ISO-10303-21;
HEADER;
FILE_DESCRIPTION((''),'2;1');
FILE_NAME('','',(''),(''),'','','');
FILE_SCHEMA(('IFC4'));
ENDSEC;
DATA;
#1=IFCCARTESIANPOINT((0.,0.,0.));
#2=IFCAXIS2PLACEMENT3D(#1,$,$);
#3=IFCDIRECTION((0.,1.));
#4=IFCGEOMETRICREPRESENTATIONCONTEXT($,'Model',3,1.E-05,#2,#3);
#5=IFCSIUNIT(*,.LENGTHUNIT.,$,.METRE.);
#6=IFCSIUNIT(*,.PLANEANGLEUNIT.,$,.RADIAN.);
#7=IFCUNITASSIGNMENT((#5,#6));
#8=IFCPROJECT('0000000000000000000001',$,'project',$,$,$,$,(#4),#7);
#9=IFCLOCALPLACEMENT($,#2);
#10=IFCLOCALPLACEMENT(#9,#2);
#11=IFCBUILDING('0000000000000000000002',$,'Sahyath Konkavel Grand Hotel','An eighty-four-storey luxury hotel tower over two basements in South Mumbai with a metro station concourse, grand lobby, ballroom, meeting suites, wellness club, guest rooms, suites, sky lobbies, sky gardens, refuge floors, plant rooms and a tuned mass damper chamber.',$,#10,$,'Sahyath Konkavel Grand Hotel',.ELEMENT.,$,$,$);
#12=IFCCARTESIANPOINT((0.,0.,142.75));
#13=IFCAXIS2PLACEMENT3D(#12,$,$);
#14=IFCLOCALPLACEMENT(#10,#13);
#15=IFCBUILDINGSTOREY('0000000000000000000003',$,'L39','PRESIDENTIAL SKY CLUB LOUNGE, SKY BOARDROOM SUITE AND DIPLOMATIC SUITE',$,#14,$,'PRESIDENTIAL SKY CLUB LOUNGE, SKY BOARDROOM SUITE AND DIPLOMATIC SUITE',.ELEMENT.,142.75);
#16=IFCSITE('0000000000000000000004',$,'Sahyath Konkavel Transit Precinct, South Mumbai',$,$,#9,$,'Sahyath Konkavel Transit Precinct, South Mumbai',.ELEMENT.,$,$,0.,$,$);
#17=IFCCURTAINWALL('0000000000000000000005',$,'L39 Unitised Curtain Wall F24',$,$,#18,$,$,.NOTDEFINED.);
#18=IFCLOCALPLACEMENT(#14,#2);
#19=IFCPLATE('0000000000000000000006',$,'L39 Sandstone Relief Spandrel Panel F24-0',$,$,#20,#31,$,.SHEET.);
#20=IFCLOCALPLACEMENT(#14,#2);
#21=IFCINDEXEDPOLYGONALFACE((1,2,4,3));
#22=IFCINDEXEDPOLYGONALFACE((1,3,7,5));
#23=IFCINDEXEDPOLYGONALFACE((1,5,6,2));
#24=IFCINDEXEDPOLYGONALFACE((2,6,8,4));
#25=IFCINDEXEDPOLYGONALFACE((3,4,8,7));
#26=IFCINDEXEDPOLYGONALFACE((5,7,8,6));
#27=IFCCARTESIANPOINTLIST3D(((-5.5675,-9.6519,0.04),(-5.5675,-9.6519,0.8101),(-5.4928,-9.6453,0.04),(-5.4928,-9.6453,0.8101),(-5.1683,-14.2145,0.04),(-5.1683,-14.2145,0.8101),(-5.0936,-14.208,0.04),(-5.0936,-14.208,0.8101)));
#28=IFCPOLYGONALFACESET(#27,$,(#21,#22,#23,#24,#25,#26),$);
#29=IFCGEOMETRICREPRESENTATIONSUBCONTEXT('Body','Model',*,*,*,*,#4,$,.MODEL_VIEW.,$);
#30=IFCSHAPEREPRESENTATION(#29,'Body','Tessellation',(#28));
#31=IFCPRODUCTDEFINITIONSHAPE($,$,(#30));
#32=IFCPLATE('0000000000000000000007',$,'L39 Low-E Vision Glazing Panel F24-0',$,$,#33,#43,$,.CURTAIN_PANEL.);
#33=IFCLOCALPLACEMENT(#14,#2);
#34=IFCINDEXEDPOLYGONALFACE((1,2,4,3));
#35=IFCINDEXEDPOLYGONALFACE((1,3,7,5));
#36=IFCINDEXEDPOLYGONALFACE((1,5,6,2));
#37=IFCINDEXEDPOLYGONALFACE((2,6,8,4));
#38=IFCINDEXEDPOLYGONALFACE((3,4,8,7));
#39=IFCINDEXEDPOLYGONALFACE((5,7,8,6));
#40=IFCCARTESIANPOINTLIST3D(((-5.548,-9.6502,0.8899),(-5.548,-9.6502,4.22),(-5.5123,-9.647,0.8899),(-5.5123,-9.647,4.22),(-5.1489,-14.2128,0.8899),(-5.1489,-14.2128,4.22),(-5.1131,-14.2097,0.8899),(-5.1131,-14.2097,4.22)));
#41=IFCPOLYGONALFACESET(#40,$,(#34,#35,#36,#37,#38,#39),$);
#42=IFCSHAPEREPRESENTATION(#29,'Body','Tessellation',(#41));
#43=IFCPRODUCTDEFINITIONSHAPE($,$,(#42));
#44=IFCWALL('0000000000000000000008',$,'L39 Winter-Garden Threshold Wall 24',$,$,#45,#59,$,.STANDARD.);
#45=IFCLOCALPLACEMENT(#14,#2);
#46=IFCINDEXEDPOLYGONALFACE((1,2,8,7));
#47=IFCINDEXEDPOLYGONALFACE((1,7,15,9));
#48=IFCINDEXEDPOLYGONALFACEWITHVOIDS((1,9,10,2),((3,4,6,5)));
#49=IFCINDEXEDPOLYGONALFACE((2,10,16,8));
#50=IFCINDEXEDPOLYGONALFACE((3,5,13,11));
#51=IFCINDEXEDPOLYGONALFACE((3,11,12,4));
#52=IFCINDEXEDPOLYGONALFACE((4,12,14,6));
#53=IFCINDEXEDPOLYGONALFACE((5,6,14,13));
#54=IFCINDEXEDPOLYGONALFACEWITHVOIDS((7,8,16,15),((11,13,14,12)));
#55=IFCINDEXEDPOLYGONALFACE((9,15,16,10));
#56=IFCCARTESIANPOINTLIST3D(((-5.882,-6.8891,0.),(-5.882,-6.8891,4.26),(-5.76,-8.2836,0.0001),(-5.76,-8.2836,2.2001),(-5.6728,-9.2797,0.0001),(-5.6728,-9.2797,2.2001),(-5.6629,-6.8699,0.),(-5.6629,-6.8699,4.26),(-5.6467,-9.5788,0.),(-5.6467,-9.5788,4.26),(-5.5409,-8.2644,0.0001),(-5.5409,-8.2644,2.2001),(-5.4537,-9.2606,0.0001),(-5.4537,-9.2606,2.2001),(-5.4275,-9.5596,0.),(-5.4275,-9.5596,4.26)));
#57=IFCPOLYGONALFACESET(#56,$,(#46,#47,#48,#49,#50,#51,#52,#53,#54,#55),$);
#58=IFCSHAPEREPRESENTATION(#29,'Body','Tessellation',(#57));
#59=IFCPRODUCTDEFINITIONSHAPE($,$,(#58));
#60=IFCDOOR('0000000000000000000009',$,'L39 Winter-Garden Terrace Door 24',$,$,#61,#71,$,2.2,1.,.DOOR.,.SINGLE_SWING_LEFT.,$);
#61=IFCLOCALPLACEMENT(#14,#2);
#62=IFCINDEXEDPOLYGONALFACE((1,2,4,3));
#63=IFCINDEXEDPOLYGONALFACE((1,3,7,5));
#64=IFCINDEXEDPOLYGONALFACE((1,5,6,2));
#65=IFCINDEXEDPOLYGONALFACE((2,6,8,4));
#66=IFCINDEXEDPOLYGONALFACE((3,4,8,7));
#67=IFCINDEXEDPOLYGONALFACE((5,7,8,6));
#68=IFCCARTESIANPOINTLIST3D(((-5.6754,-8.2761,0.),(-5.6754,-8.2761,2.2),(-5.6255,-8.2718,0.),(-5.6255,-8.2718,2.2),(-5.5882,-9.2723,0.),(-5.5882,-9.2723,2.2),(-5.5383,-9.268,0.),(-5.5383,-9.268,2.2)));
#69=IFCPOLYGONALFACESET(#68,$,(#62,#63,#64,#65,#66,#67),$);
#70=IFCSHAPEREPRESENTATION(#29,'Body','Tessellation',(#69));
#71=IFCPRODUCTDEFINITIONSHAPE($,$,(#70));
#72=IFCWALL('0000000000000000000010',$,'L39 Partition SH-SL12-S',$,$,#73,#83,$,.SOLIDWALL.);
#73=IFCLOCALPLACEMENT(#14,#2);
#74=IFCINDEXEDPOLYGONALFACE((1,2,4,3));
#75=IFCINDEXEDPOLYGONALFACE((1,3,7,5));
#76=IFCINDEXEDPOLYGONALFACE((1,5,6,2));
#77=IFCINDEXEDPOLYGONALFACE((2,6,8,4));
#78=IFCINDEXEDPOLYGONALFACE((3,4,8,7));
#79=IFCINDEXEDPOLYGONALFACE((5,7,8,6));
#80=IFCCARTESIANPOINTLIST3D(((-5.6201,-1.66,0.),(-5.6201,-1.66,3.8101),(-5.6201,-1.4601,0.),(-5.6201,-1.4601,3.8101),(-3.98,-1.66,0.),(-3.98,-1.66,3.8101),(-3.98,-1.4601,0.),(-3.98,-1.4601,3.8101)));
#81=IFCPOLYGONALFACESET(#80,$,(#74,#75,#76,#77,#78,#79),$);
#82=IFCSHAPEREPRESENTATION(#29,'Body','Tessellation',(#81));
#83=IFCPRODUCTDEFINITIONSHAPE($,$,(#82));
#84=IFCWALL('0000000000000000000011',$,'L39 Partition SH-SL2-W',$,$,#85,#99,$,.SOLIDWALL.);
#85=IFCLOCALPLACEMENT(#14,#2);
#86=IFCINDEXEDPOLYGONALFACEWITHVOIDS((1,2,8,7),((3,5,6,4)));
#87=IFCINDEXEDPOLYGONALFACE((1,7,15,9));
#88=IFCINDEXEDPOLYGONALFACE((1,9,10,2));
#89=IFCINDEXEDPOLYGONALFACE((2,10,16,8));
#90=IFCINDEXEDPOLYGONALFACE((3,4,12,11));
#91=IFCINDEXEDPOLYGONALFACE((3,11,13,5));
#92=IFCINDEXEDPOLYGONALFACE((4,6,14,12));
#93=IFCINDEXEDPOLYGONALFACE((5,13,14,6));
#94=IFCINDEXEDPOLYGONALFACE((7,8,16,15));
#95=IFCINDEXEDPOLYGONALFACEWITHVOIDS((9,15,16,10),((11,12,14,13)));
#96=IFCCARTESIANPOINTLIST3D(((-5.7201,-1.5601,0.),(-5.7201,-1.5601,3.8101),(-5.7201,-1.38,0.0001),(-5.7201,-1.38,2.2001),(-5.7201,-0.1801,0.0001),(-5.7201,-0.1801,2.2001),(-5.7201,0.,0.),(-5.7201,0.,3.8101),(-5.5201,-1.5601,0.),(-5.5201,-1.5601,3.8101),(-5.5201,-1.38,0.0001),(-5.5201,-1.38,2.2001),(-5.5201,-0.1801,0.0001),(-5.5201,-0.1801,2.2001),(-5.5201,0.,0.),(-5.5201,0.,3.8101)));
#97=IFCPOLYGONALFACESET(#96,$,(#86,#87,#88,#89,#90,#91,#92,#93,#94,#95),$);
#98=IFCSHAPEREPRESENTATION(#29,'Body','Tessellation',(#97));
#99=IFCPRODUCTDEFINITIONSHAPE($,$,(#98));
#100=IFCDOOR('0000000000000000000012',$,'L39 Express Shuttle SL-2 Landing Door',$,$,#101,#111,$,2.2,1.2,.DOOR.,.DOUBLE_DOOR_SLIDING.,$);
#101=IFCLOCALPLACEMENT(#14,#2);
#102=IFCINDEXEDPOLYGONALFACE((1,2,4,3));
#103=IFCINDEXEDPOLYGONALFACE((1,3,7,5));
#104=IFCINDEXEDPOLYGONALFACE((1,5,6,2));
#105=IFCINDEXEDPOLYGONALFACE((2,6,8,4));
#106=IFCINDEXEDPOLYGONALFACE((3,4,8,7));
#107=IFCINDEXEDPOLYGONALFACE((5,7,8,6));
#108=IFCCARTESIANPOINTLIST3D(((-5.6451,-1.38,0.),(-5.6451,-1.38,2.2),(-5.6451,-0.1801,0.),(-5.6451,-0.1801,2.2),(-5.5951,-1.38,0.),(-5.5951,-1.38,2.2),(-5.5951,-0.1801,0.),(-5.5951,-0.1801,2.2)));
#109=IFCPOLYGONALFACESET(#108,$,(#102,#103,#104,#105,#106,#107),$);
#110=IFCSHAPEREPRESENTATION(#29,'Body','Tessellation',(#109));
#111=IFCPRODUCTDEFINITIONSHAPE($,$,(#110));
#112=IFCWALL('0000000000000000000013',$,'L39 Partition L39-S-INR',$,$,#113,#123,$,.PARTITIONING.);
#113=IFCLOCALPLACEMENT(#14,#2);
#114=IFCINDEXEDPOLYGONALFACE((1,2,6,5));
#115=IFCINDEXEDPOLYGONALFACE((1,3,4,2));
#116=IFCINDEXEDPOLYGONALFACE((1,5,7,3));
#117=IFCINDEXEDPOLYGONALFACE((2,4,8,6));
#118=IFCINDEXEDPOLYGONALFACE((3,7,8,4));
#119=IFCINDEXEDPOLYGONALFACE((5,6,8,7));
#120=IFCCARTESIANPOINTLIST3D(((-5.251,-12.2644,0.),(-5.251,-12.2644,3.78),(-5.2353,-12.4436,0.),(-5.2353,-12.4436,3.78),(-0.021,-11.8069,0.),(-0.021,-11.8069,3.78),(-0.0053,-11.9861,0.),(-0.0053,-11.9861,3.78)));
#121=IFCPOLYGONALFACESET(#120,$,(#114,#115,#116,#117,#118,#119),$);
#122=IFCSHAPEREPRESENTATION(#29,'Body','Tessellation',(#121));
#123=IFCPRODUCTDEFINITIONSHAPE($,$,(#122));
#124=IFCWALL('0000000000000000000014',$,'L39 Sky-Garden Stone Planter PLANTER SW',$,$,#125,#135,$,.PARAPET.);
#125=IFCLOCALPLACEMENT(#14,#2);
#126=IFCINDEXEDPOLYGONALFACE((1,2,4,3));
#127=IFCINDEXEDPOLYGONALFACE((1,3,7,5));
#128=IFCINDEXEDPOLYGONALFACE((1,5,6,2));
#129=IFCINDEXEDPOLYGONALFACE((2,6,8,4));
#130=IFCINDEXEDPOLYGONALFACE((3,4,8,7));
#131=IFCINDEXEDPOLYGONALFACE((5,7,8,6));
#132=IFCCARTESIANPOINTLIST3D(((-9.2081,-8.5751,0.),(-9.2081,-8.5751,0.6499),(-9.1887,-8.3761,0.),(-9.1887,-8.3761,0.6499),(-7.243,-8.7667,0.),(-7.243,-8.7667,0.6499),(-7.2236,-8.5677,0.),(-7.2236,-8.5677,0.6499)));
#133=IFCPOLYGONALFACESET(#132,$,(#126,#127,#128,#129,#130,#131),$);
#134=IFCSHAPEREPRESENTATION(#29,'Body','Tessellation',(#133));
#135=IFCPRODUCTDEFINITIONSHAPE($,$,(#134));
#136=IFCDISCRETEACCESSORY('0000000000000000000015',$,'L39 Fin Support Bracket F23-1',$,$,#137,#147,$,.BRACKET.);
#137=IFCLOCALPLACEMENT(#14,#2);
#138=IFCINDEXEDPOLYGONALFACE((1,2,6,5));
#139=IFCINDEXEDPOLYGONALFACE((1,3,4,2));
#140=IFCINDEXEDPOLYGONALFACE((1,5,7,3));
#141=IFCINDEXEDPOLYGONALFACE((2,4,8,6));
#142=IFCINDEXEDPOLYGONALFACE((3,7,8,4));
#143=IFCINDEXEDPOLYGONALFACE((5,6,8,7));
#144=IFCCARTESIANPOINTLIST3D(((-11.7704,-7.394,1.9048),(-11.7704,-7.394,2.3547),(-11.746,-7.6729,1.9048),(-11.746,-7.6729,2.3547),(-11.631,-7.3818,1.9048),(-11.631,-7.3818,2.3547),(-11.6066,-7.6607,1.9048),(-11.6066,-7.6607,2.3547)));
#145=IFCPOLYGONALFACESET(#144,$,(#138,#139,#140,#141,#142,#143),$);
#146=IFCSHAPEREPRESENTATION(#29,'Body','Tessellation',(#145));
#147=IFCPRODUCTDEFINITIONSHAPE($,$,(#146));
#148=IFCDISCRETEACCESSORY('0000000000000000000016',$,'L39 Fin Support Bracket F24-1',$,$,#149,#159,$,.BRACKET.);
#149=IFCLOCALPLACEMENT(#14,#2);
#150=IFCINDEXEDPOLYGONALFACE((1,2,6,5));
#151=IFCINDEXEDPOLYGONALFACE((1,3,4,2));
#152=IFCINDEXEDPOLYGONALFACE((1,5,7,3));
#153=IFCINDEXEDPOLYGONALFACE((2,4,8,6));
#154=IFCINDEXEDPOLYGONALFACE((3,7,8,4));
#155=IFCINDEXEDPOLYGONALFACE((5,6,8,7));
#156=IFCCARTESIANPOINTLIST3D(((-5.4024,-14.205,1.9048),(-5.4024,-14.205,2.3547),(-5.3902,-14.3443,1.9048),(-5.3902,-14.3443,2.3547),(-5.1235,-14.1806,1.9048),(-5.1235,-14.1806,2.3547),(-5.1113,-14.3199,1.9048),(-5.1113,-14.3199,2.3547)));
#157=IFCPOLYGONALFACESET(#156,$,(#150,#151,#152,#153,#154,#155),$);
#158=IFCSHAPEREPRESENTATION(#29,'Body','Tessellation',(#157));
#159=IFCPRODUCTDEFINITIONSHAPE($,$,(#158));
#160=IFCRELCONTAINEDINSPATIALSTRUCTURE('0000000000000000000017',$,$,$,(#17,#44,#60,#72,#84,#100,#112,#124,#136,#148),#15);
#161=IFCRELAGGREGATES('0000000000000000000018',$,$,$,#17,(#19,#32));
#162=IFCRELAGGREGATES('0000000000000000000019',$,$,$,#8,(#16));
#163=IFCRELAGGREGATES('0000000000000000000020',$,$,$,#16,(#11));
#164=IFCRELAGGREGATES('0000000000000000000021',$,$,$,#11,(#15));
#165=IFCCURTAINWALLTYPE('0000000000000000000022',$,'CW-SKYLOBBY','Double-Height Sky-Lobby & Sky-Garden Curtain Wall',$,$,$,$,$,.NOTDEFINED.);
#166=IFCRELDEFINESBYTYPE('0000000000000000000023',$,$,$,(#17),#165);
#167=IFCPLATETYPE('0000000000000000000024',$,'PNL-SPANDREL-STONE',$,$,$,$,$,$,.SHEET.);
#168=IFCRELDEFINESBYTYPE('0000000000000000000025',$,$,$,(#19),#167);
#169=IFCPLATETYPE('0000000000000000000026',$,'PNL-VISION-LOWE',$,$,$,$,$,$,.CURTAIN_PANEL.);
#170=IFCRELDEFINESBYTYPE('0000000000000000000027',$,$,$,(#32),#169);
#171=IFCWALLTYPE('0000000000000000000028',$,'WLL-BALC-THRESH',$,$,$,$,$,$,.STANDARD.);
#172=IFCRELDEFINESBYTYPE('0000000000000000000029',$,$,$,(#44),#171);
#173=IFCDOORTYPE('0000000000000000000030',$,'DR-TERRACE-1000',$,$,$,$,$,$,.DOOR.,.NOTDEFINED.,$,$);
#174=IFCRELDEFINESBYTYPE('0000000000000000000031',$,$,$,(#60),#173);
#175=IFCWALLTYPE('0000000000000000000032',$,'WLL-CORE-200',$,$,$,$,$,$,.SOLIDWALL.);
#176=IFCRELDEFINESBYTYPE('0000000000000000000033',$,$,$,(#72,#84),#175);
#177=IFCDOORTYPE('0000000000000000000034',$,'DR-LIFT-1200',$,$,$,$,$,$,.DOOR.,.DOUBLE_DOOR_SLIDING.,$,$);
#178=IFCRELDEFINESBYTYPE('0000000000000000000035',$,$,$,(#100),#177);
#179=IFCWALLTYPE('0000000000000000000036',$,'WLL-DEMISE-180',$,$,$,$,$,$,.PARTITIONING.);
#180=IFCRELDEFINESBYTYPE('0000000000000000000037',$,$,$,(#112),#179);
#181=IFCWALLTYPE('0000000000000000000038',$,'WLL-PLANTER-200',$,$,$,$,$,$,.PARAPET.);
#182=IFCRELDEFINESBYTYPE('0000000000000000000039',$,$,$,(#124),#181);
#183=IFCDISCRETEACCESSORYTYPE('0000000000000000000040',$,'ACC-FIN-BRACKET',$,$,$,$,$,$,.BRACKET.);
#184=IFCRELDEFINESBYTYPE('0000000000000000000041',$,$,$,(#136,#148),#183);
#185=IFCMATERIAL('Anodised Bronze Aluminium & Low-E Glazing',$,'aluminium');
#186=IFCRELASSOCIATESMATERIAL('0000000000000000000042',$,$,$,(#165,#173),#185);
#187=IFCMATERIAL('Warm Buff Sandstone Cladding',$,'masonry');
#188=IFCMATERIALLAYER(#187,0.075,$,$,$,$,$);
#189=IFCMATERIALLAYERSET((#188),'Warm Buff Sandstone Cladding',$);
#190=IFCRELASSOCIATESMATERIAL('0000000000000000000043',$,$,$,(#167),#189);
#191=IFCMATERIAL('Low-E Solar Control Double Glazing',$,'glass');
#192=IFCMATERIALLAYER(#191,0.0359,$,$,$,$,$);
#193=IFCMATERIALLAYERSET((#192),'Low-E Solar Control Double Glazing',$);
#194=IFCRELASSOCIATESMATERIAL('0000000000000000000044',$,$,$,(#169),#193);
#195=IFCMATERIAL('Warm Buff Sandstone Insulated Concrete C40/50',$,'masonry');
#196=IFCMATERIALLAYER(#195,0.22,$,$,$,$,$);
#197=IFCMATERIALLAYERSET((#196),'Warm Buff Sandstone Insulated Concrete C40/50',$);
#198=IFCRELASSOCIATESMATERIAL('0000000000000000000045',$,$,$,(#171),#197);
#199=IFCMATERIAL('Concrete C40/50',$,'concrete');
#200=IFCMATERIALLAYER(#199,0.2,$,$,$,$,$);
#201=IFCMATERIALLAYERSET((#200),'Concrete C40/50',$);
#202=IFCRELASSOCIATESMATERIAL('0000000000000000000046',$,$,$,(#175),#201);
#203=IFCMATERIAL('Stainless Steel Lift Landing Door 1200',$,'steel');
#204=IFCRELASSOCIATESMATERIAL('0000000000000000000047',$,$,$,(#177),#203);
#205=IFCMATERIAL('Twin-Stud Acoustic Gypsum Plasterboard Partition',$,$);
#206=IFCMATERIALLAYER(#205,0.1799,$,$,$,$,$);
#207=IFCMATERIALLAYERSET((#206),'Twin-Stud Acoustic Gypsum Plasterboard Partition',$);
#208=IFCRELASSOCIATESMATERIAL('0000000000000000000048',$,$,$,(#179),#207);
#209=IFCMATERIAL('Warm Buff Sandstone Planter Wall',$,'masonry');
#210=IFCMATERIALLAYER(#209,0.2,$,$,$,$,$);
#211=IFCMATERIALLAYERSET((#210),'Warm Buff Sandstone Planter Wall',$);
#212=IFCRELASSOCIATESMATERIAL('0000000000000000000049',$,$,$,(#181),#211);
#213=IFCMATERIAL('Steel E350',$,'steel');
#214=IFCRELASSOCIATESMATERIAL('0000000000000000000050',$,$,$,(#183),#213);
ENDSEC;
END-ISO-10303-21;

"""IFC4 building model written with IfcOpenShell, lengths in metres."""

from ifc_helpers import new_model, si_unit, direction, frame, frame_2d, origin, origin_2d, place, context, subcontext, project, spatial, rectangle, extrude, source, transform, mapped, material, layer, layer_set, type_object, element, fill, aggregate, save


model = new_model("IFC4")

# Units and contexts
model_context = context("Model", 3, precision=1e-05, world=origin(), true_north=direction((0.0, 1.0)))
body_context = subcontext(model_context, "Body", "Model", "MODEL_VIEW")
ifc_project = project(units=[si_unit("LENGTHUNIT", "METRE"), si_unit("PLANEANGLEUNIT", "RADIAN")], contexts=[model_context])

# Site, building, storey
site_placement = place(None, origin())
site = spatial("IfcSite", under=ifc_project, at=site_placement, Name="Sahyath Konkavel Transit Precinct, South Mumbai", LongName="Sahyath Konkavel Transit Precinct, South Mumbai", CompositionType="ELEMENT", RefElevation=0.0)
building_placement = place(site_placement, origin())
building = spatial("IfcBuilding", under=site, at=building_placement, Name="Sahyath Konkavel Grand Hotel", Description="An eighty-four-storey luxury hotel tower over two basements in South Mumbai with a metro station concourse, grand lobby, ballroom, meeting suites, wellness club, guest rooms, suites, sky lobbies, sky gardens, refuge floors, plant rooms and a tuned mass damper chamber.", LongName="Sahyath Konkavel Grand Hotel", CompositionType="ELEMENT")
storey_placement = place(building_placement, frame((0.0, 0.0, 142.75)))
storey = spatial("IfcBuildingStorey", under=building, at=storey_placement, Name="L39", Description="PRESIDENTIAL SKY CLUB LOUNGE, SKY BOARDROOM SUITE AND DIPLOMATIC SUITE", LongName="PRESIDENTIAL SKY CLUB LOUNGE, SKY BOARDROOM SUITE AND DIPLOMATIC SUITE", CompositionType="ELEMENT", Elevation=142.75)

# Shared definitions
ifc_material_1 = material(Name="Steel E350", Category="steel")

# Shared definitions
ifc_material_2 = material(Name="Anodised Bronze Aluminium & Low-E Glazing", Category="aluminium")
curtain_wall_type = type_object("IfcCurtainWallType", Name="CW-SKYLOBBY", Description="Double-Height Sky-Lobby & Sky-Garden Curtain Wall", PredefinedType="NOTDEFINED", material=ifc_material_2)

# Curtain wall
curtain_wall_1_placement = place(storey_placement, origin())
curtain_wall_1 = element("IfcCurtainWall", 1, at=curtain_wall_1_placement, inside=storey, type_object=curtain_wall_type, Name="L39 Unitised Curtain Wall F24", PredefinedType="NOTDEFINED")

# Plates
ifc_material_3 = material(Name="Warm Buff Sandstone Cladding", Category="masonry")
ifc_layer_1 = layer(ifc_material_3, 0.075)
ifc_layer_set_1 = layer_set([ifc_layer_1], Name="Warm Buff Sandstone Cladding")
plate_type_1 = type_object("IfcPlateType", Name="PNL-SPANDREL-STONE", PredefinedType="SHEET", material=ifc_layer_set_1)
ifc_material_4 = material(Name="Low-E Solar Control Double Glazing", Category="glass")
ifc_layer_2 = layer(ifc_material_4, 0.0359)
ifc_layer_set_2 = layer_set([ifc_layer_2], Name="Low-E Solar Control Double Glazing")
plate_type_2 = type_object("IfcPlateType", Name="PNL-VISION-LOWE", PredefinedType="CURTAIN_PANEL", material=ifc_layer_set_2)
shared_shape_1 = source(origin(), body_context, "Body", "SweptSolid", [
    extrude(rectangle(XDim=4.5801, YDim=0.075, at=origin_2d()), origin(), (0.0, 0.0, 1.0), 0.77),
])
plate_1_placement = place(storey_placement, frame((-5.3306, -11.9299, 0.04), z_axis=(0.0, 0.0, 1.0), x_axis=(0.087156, -0.996195, 0.0)))
plate_1 = element("IfcPlate", 2, at=plate_1_placement, type_object=plate_type_1, Name="L39 Sandstone Relief Spandrel Panel F24-0", PredefinedType="SHEET", context=body_context, shape_type="MappedRepresentation", body=[
    mapped(shared_shape_1, transform((0.0, 0.0, 0.0), scale=1.0)),
])
shared_shape_2 = source(origin(), body_context, "Body", "SweptSolid", [
    extrude(rectangle(XDim=4.5801, YDim=0.0359, at=origin_2d()), origin(), (0.0, 0.0, 1.0), 3.3301),
])
plate_2_placement = place(storey_placement, frame((-5.3306, -11.9299, 0.8899), z_axis=(0.0, 0.0, 1.0), x_axis=(0.087156, -0.996195, 0.0)))
plate_2 = element("IfcPlate", 3, at=plate_2_placement, type_object=plate_type_2, Name="L39 Low-E Vision Glazing Panel F24-0", PredefinedType="CURTAIN_PANEL", context=body_context, shape_type="MappedRepresentation", body=[
    mapped(shared_shape_2, transform((0.0, 0.0, 0.0), scale=1.0)),
])
aggregate(curtain_wall_1, [plate_1, plate_2])

# Wall, opening, door
ifc_material_5 = material(Name="Warm Buff Sandstone Insulated Concrete C40/50", Category="masonry")
ifc_layer_3 = layer(ifc_material_5, 0.22)
ifc_layer_set_3 = layer_set([ifc_layer_3], Name="Warm Buff Sandstone Insulated Concrete C40/50")
wall_type_1 = type_object("IfcWallType", Name="WLL-BALC-THRESH", PredefinedType="STANDARD", material=ifc_layer_set_3)
wall_1_placement = place(storey_placement, frame((-5.7725, -6.8794, 0.0), z_axis=(0.0, 0.0, 1.0), x_axis=(0.087168, -0.996194, 0.0)))
wall_1 = element("IfcWall", 4, at=wall_1_placement, inside=storey, type_object=wall_type_1, Name="L39 Winter-Garden Threshold Wall 24", PredefinedType="STANDARD", context=body_context, shape_type="SweptSolid", body=[
    extrude(rectangle(XDim=2.7, YDim=0.22, at=frame_2d((1.3501, 0.0))), origin(), (0.0, 0.0, 1.0), 4.26),
])
opening_1_placement = place(wall_1_placement, frame((1.3999, 0.0, 0.0)))
opening_1 = element("IfcOpeningElement", 5, at=opening_1_placement, cuts=wall_1, PredefinedType="OPENING", context=body_context, shape_type="SweptSolid", body=[
    extrude(rectangle(XDim=1.0, YDim=2.2, at=frame_2d((0.5, 1.1001))), frame((0.0, 0.1201, 0.0), z_axis=(0.0, -1.0, 0.0), x_axis=(1.0, 0.0, 0.0)), (0.0, 0.0, 1.0), 0.24),
])
door_type_1 = type_object("IfcDoorType", Name="DR-TERRACE-1000", OperationType="NOTDEFINED", PredefinedType="DOOR", material=ifc_material_2)
shared_shape_3 = source(origin(), body_context, "Body", "SweptSolid", [
    extrude(rectangle(XDim=1.0, YDim=0.05, at=origin_2d()), origin(), (0.0, 0.0, 1.0), 2.2),
])
door_1_placement = place(opening_1_placement, frame((0.5, 0.0, 0.0)))
door_1 = element("IfcDoor", 6, at=door_1_placement, inside=storey, type_object=door_type_1, Name="L39 Winter-Garden Terrace Door 24", OperationType="SINGLE_SWING_LEFT", OverallHeight=2.2, OverallWidth=1.0, PredefinedType="DOOR", context=body_context, shape_type="MappedRepresentation", body=[
    mapped(shared_shape_3, transform((0.0, 0.0, 0.0), scale=1.0)),
])
fill(opening_1, door_1)

# Wall
ifc_material_6 = material(Name="Concrete C40/50", Category="concrete")
ifc_layer_4 = layer(ifc_material_6, 0.2)
ifc_layer_set_4 = layer_set([ifc_layer_4], Name="Concrete C40/50")
wall_type_2 = type_object("IfcWallType", Name="WLL-CORE-200", PredefinedType="SOLIDWALL", material=ifc_layer_set_4)
wall_2_placement = place(storey_placement, frame((-5.6201, -1.5601, 0.0), z_axis=(0.0, 0.0, 1.0), x_axis=(1.0, 0.0, 0.0)))
element("IfcWall", 7, at=wall_2_placement, inside=storey, type_object=wall_type_2, Name="L39 Partition SH-SL12-S", PredefinedType="SOLIDWALL", context=body_context, shape_type="SweptSolid", body=[
    extrude(rectangle(XDim=1.6401, YDim=0.2, at=frame_2d((0.8201, 0.0))), origin(), (0.0, 0.0, 1.0), 3.8101),
])

# Wall, opening, door
wall_3_placement = place(storey_placement, frame((-5.6201, -1.5601, 0.0), z_axis=(0.0, 0.0, 1.0), x_axis=(0.0, 1.0, 0.0)))
wall_3 = element("IfcWall", 8, at=wall_3_placement, inside=storey, type_object=wall_type_2, Name="L39 Partition SH-SL2-W", PredefinedType="SOLIDWALL", context=body_context, shape_type="SweptSolid", body=[
    extrude(rectangle(XDim=1.5601, YDim=0.2, at=frame_2d((0.78, 0.0))), origin(), (0.0, 0.0, 1.0), 3.8101),
])
opening_2_placement = place(wall_3_placement, frame((0.1799, 0.0, 0.0)))
opening_2 = element("IfcOpeningElement", 9, at=opening_2_placement, cuts=wall_3, PredefinedType="OPENING", context=body_context, shape_type="SweptSolid", body=[
    extrude(rectangle(XDim=1.2, YDim=2.2, at=frame_2d((0.6001, 1.1001))), frame((0.0, 0.1099, 0.0), z_axis=(0.0, -1.0, 0.0), x_axis=(1.0, 0.0, 0.0)), (0.0, 0.0, 1.0), 0.22),
])
ifc_material_7 = material(Name="Stainless Steel Lift Landing Door 1200", Category="steel")
door_type_2 = type_object("IfcDoorType", Name="DR-LIFT-1200", OperationType="DOUBLE_DOOR_SLIDING", PredefinedType="DOOR", material=ifc_material_7)
shared_shape_4 = source(origin(), body_context, "Body", "SweptSolid", [
    extrude(rectangle(XDim=1.2, YDim=0.05, at=origin_2d()), origin(), (0.0, 0.0, 1.0), 2.2),
])
door_2_placement = place(opening_2_placement, frame((0.6001, 0.0, 0.0)))
door_2 = element("IfcDoor", 10, at=door_2_placement, inside=storey, type_object=door_type_2, Name="L39 Express Shuttle SL-2 Landing Door", OperationType="DOUBLE_DOOR_SLIDING", OverallHeight=2.2, OverallWidth=1.2, PredefinedType="DOOR", context=body_context, shape_type="MappedRepresentation", body=[
    mapped(shared_shape_4, transform((0.0, 0.0, 0.0), scale=1.0)),
])
fill(opening_2, door_2)

# Walls
ifc_material_8 = material(Name="Twin-Stud Acoustic Gypsum Plasterboard Partition")
ifc_layer_5 = layer(ifc_material_8, 0.1799)
ifc_layer_set_5 = layer_set([ifc_layer_5], Name="Twin-Stud Acoustic Gypsum Plasterboard Partition")
wall_type_3 = type_object("IfcWallType", Name="WLL-DEMISE-180", PredefinedType="PARTITIONING", material=ifc_layer_set_5)
wall_4_placement = place(storey_placement, frame((-5.2432, -12.354, 0.0), z_axis=(0.0, 0.0, 1.0), x_axis=(0.996195, 0.087147, 0.0)))
element("IfcWall", 11, at=wall_4_placement, inside=storey, type_object=wall_type_3, Name="L39 Partition L39-S-INR", PredefinedType="PARTITIONING", context=body_context, shape_type="SweptSolid", body=[
    extrude(rectangle(XDim=5.25, YDim=0.1799, at=frame_2d((2.625, 0.0))), origin(), (0.0, 0.0, 1.0), 3.78),
])
ifc_material_9 = material(Name="Warm Buff Sandstone Planter Wall", Category="masonry")
ifc_layer_6 = layer(ifc_material_9, 0.2)
ifc_layer_set_6 = layer_set([ifc_layer_6], Name="Warm Buff Sandstone Planter Wall")
wall_type_4 = type_object("IfcWallType", Name="WLL-PLANTER-200", PredefinedType="PARAPET", material=ifc_layer_set_6)
wall_5_placement = place(storey_placement, frame((-9.1985, -8.4756, 0.0), z_axis=(0.0, 0.0, 1.0), x_axis=(0.995278, -0.097067, 0.0)))
element("IfcWall", 12, at=wall_5_placement, inside=storey, type_object=wall_type_4, Name="L39 Sky-Garden Stone Planter PLANTER SW", PredefinedType="PARAPET", context=body_context, shape_type="SweptSolid", body=[
    extrude(rectangle(XDim=1.9744, YDim=0.2, at=frame_2d((0.9873, 0.0))), origin(), (0.0, 0.0, 1.0), 0.6499),
])

# Discrete accessories
discrete_accessory_type = type_object("IfcDiscreteAccessoryType", Name="ACC-FIN-BRACKET", PredefinedType="BRACKET", material=ifc_material_1)
shared_shape_5 = source(origin(), body_context, "Body", "SweptSolid", [
    extrude(rectangle(XDim=0.28, YDim=0.1399, at=origin_2d()), origin(), (0.0, 0.0, 1.0), 0.45),
])
for number, where, z_axis, x_axis, name in (
    (13, (-11.6885, -7.5273, 1.9048), (0.0, 0.0, 1.0), (0.087156, -0.996195, 0.0), "L39 Fin Support Bracket F23-1"),
    (14, (-5.2568, -14.2625, 1.9048), (0.0, 0.0, 1.0), (-0.996195, -0.087156, 0.0), "L39 Fin Support Bracket F24-1"),
):
    element("IfcDiscreteAccessory", number, at=place(storey_placement, frame(where, z_axis=z_axis, x_axis=x_axis)), inside=storey, type_object=discrete_accessory_type, Name=name, PredefinedType="BRACKET", context=body_context, shape_type="MappedRepresentation", body=[
        mapped(shared_shape_5, transform((0.0, 0.0, 0.0), scale=1.0)),
    ])

save(model, "model.ifc")
